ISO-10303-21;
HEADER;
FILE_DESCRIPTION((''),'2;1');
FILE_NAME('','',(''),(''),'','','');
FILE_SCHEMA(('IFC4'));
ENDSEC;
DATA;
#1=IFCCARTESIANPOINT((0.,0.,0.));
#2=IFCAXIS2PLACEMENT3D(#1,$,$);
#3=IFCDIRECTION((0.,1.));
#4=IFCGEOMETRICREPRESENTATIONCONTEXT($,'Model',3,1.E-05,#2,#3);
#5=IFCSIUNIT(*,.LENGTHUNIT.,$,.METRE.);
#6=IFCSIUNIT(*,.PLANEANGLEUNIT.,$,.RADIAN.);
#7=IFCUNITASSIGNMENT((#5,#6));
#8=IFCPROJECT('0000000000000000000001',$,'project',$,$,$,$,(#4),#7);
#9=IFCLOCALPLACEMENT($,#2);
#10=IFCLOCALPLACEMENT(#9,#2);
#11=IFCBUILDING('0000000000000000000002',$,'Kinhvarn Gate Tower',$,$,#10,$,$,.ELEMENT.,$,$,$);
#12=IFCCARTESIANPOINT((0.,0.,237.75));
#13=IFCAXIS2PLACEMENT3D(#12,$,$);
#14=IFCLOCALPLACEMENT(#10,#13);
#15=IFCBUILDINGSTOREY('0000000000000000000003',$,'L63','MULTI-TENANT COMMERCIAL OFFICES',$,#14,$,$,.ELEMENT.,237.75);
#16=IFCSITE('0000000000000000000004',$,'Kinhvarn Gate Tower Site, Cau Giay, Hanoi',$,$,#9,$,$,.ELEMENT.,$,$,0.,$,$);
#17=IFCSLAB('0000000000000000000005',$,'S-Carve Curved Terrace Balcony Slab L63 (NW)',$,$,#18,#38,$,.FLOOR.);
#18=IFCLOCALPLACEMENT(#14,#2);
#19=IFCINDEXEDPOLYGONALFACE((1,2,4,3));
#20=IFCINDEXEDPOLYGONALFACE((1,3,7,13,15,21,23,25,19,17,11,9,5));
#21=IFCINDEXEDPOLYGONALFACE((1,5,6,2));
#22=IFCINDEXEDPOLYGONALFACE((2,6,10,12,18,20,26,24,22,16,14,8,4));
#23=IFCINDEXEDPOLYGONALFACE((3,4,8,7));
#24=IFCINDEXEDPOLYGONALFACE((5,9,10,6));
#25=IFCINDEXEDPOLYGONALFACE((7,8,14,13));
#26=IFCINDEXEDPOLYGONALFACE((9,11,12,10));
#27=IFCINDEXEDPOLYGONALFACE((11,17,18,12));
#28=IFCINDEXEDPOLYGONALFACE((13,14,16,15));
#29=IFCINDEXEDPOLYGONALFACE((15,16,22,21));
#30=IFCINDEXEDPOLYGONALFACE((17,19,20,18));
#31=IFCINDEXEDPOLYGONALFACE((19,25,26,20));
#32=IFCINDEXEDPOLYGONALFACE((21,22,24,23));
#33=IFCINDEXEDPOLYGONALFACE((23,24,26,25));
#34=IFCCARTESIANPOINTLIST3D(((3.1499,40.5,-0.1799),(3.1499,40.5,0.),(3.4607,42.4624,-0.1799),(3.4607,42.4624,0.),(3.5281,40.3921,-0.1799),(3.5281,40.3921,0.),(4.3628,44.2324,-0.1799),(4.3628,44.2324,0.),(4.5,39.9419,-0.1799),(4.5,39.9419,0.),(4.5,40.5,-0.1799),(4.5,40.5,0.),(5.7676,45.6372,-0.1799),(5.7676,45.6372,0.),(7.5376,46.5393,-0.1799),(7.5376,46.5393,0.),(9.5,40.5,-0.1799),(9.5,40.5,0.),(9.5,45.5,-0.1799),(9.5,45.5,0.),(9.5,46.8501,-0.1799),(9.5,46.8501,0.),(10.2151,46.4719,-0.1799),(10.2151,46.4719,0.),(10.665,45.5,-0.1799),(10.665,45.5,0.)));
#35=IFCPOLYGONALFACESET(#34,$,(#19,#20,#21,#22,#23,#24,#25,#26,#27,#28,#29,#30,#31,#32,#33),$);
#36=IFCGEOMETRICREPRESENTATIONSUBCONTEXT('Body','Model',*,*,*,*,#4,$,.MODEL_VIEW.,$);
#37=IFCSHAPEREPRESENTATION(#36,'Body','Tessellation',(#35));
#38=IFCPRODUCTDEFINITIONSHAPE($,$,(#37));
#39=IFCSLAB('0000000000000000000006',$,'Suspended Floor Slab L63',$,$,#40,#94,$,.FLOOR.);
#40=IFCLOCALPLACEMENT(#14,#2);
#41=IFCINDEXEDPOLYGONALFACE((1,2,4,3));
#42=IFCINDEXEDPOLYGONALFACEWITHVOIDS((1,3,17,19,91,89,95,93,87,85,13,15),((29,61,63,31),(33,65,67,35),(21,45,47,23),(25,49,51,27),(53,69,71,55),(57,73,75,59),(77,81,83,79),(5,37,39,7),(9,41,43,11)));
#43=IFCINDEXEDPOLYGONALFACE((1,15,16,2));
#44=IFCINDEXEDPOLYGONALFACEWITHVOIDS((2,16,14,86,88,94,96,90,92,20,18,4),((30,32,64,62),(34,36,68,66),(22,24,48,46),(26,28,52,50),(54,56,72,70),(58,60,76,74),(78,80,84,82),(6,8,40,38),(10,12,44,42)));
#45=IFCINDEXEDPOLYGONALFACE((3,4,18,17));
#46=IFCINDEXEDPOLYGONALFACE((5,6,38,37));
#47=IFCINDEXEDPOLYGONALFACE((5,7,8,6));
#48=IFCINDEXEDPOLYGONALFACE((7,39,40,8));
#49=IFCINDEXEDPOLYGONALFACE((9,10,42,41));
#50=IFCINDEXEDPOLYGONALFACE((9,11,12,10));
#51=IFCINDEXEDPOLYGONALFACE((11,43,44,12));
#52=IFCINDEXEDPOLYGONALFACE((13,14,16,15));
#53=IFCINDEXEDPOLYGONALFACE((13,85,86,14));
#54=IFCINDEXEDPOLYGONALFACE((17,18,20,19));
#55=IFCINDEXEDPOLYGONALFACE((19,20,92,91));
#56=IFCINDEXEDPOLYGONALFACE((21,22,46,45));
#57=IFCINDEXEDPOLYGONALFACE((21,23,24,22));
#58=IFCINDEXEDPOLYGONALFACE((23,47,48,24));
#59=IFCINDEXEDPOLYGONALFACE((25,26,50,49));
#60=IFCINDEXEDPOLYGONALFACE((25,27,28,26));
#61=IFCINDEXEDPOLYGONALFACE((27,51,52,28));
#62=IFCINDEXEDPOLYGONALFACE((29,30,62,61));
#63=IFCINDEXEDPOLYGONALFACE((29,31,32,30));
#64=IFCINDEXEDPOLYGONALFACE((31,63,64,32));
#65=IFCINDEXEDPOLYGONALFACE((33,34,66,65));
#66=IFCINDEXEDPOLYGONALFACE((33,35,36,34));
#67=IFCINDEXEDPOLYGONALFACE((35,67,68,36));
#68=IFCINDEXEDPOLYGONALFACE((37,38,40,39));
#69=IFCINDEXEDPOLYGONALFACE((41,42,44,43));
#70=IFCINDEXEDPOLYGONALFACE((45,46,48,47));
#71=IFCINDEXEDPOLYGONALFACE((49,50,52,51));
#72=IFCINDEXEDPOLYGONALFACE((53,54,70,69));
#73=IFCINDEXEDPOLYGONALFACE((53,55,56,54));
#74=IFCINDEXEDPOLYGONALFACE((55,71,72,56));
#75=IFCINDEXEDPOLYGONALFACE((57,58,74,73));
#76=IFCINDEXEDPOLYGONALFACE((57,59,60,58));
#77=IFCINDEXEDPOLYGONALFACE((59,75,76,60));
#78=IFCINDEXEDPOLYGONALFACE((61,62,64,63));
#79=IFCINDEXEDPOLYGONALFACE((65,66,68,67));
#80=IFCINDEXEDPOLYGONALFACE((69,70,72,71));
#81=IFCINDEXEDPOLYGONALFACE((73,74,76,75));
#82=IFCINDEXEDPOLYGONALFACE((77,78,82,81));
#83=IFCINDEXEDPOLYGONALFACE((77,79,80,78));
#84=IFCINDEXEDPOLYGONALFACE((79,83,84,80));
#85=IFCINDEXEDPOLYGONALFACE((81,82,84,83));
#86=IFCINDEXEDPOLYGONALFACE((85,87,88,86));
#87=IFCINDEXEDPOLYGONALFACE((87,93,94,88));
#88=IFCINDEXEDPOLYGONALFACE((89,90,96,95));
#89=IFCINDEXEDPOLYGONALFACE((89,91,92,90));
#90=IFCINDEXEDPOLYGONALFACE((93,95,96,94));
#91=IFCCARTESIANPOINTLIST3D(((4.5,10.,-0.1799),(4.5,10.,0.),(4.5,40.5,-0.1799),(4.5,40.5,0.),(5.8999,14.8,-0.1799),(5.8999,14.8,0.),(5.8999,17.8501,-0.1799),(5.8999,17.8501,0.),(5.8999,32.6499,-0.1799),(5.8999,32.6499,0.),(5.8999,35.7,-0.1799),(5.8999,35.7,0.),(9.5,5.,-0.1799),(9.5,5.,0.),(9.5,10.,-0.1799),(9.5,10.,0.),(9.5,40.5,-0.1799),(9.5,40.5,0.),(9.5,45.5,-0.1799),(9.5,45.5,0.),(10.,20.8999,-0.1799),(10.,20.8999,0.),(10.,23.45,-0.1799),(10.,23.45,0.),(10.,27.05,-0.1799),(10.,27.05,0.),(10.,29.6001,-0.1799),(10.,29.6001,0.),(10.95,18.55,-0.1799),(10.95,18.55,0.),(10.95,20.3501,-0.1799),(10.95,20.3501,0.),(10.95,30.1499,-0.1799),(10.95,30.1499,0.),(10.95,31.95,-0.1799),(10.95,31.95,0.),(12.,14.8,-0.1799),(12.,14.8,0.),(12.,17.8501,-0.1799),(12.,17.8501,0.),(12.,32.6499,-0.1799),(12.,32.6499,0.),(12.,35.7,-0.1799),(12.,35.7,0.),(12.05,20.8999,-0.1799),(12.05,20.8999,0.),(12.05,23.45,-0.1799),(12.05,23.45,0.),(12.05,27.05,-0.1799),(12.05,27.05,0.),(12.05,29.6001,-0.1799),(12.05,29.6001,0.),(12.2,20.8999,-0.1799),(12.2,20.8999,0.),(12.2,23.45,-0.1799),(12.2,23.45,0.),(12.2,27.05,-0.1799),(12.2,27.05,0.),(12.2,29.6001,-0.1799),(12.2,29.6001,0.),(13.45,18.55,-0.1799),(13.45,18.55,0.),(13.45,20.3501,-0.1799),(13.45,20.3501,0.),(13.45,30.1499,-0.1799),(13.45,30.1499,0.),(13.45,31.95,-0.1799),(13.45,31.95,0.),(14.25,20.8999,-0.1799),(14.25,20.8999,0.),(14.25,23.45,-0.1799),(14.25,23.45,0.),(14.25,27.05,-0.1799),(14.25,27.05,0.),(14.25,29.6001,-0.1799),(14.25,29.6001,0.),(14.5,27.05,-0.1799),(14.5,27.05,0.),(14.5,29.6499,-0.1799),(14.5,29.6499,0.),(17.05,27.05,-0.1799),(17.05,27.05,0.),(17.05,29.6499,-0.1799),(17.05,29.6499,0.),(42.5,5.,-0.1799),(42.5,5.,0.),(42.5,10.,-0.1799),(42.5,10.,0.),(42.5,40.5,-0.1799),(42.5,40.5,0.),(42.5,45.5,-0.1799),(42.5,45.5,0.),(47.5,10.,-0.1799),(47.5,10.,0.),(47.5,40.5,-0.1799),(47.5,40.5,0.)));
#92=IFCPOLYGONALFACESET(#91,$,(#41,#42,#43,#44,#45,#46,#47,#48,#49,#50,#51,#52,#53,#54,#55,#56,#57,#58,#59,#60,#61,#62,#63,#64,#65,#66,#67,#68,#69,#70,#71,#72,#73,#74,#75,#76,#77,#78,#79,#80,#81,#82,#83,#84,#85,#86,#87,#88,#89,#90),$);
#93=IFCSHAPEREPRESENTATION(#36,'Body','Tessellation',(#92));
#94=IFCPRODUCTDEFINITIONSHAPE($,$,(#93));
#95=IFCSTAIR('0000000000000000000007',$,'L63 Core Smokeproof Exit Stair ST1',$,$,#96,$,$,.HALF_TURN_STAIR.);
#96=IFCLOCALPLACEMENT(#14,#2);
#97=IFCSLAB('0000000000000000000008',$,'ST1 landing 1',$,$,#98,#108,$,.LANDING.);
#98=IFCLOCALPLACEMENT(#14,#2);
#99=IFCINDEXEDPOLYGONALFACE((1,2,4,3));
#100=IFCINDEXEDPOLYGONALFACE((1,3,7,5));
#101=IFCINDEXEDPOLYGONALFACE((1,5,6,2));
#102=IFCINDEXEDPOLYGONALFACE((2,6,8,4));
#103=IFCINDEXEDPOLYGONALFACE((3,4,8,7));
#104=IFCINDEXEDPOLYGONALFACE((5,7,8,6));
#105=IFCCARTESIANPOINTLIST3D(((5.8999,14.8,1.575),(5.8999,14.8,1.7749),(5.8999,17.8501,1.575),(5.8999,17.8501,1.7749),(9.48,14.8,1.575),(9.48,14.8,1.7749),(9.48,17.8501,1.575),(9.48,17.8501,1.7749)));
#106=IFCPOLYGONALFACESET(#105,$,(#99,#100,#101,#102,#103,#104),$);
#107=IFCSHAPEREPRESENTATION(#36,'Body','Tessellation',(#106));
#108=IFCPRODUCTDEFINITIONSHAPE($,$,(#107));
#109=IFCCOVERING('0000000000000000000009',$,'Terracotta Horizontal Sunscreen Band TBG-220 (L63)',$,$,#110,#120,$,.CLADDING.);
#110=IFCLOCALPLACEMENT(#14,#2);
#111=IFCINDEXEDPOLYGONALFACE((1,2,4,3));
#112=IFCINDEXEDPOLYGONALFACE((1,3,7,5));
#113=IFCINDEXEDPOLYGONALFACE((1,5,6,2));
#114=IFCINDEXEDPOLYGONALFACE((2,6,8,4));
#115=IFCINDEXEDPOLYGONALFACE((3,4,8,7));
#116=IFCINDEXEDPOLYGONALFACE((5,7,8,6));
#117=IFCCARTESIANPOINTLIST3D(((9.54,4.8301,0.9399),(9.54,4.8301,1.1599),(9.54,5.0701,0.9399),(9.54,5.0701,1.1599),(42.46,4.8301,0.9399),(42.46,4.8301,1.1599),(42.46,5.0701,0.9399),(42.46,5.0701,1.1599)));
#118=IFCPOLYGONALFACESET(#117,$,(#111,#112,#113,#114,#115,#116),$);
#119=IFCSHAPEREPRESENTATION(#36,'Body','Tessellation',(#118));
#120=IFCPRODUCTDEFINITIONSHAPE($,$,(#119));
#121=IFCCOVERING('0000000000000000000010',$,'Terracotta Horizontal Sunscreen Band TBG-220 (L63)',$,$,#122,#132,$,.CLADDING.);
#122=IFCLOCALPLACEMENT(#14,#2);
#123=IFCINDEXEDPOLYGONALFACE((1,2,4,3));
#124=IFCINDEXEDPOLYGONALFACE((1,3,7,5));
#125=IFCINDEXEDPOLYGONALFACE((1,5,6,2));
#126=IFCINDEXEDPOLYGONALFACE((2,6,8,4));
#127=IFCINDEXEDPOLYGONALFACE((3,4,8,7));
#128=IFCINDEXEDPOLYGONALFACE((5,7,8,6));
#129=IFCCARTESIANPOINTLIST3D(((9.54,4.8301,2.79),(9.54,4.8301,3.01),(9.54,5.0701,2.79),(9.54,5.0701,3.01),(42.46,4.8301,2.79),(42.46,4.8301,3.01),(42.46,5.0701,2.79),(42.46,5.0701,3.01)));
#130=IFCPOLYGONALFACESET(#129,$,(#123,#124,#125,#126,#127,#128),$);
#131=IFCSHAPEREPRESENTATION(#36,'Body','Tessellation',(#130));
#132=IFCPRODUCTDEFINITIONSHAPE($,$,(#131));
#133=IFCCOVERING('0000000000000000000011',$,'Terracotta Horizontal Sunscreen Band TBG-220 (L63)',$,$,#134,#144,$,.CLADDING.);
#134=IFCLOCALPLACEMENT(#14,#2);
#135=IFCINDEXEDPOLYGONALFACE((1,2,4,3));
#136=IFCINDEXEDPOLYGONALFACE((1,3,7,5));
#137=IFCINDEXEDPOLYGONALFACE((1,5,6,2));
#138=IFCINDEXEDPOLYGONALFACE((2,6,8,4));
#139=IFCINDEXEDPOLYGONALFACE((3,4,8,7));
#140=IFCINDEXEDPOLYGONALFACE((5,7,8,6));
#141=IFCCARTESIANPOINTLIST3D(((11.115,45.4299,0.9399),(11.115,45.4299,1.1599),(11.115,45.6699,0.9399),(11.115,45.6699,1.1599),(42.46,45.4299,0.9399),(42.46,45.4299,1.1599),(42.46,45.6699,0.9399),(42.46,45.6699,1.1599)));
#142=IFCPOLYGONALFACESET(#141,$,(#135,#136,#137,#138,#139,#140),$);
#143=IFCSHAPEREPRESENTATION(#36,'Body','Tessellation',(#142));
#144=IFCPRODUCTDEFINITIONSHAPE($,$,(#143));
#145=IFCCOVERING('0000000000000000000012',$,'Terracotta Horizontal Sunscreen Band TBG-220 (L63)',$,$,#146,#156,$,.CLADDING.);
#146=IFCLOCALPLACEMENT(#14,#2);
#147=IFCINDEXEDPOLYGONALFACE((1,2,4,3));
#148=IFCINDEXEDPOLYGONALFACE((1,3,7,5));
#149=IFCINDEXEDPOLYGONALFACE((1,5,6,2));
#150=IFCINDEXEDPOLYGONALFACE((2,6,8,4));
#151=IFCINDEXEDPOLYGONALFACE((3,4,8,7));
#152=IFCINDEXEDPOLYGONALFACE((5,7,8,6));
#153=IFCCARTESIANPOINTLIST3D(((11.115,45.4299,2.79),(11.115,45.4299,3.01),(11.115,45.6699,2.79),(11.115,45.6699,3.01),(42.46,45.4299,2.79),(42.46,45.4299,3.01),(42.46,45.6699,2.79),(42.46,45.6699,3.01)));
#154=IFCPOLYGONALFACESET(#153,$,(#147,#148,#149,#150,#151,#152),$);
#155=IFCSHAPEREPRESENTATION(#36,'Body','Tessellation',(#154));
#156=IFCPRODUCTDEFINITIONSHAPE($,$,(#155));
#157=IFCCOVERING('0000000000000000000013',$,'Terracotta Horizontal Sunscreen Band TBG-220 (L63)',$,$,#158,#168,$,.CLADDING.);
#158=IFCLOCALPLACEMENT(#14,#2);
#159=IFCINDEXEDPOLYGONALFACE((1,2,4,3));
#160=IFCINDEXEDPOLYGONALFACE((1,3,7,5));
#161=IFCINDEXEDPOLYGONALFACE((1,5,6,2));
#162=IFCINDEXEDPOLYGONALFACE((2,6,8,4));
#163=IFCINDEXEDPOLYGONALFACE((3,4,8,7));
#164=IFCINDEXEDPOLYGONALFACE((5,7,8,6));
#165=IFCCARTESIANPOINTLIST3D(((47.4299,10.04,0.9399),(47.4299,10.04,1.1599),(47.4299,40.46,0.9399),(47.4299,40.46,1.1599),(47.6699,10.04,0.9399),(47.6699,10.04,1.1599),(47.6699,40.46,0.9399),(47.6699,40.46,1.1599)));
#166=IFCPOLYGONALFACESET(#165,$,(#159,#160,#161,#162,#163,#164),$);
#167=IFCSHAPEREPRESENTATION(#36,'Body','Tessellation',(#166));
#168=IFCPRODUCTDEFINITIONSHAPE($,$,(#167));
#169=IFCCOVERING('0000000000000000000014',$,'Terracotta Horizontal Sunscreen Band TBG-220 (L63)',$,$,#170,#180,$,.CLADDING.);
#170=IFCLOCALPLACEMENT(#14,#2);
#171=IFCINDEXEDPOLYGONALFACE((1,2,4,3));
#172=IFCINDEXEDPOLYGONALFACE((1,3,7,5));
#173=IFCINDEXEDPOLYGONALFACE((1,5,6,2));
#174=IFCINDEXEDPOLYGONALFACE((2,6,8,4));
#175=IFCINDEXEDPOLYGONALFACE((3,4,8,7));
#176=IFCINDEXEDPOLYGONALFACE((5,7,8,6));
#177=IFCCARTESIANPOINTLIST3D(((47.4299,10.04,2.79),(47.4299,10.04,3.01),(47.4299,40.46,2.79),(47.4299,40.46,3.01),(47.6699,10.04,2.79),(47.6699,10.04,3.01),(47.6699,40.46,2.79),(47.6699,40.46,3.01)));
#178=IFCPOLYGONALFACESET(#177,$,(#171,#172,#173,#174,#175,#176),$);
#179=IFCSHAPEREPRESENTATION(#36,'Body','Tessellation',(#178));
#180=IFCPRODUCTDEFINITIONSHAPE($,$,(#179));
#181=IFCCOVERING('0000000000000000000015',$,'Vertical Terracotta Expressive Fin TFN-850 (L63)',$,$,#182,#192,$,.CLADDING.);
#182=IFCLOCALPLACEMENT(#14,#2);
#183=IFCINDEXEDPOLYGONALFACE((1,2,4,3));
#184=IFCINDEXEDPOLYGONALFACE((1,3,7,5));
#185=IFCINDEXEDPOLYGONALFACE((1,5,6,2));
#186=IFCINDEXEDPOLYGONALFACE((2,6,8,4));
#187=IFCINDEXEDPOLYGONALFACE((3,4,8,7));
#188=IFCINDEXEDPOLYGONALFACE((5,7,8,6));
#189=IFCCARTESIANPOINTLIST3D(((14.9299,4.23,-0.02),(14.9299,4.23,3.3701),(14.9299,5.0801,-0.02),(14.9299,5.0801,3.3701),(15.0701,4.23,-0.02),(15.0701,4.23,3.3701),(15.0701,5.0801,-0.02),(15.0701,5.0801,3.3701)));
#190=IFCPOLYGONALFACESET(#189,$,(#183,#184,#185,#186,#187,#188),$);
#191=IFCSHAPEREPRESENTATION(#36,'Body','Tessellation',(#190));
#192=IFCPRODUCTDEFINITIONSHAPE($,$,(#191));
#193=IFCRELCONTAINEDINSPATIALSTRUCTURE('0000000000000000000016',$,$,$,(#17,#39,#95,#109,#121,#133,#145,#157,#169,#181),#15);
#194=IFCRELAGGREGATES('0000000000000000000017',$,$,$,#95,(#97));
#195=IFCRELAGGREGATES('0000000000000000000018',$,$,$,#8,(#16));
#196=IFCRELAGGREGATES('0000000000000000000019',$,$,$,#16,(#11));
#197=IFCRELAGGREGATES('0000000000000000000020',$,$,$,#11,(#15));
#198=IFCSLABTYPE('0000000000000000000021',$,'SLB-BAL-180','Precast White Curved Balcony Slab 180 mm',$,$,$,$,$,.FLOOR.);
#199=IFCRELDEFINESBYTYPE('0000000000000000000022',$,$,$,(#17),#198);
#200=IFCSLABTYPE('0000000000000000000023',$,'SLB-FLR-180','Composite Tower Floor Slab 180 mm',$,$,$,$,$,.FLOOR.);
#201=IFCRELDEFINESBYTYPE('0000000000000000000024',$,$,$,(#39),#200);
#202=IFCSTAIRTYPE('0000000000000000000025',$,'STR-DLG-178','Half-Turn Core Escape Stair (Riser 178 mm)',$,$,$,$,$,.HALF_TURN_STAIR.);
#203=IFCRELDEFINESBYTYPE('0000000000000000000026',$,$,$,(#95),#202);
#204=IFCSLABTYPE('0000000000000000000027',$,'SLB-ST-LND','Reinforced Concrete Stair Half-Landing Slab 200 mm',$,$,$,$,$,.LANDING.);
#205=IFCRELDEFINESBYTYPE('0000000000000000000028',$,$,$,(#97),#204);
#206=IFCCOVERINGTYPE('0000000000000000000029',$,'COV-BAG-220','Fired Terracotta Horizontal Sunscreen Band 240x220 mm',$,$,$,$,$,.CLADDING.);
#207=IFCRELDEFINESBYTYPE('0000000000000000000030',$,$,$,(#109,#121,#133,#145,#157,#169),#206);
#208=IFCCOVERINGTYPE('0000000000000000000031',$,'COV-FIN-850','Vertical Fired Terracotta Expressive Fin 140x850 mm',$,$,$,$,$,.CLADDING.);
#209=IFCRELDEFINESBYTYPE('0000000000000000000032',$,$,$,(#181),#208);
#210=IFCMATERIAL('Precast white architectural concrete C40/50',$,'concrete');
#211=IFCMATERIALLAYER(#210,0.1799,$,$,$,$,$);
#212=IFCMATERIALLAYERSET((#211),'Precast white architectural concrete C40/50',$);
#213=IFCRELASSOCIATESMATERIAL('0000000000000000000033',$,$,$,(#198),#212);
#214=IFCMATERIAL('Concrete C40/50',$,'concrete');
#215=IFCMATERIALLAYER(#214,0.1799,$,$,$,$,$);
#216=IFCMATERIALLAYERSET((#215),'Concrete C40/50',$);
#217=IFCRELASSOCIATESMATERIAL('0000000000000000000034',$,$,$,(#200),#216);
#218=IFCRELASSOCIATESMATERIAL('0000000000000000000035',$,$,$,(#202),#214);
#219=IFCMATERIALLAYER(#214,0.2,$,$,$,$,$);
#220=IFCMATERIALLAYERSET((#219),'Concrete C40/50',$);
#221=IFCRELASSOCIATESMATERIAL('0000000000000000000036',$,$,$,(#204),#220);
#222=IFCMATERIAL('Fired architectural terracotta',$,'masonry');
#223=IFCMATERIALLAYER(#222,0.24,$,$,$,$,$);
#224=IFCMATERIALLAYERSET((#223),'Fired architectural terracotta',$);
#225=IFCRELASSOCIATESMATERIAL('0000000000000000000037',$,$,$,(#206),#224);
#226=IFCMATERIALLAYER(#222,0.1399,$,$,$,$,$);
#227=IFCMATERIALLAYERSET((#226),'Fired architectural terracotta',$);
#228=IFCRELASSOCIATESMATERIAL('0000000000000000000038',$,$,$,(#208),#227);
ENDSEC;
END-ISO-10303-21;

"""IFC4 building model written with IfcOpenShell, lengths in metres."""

from ifc_helpers import new_model, si_unit, direction, frame, origin, place, context, subcontext, project, spatial, polyline, outline, extrude, material, layer, layer_set, type_object, element, aggregate, save


model = new_model("IFC4")

# Units and contexts
model_context = context("Model", 3, precision=1e-05, world=origin(), true_north=direction((0.0, 1.0)))
body_context = subcontext(model_context, "Body", "Model", "MODEL_VIEW")
ifc_project = project(units=[si_unit("LENGTHUNIT", "METRE"), si_unit("PLANEANGLEUNIT", "RADIAN")], contexts=[model_context])

# Site, building, storey
site_placement = place(None, origin())
site = spatial("IfcSite", under=ifc_project, at=site_placement, Name="Kinhvarn Gate Tower Site, Cau Giay, Hanoi", CompositionType="ELEMENT", RefElevation=0.0)
building_placement = place(site_placement, origin())
building = spatial("IfcBuilding", under=site, at=building_placement, Name="Kinhvarn Gate Tower", CompositionType="ELEMENT")
storey_placement = place(building_placement, frame((0.0, 0.0, 237.75)))
storey = spatial("IfcBuildingStorey", under=building, at=storey_placement, Name="L63", Description="MULTI-TENANT COMMERCIAL OFFICES", CompositionType="ELEMENT", Elevation=237.75)

# Slabs
ifc_material_1 = material(Name="Precast white architectural concrete C40/50", Category="concrete")
ifc_layer_1 = layer(ifc_material_1, 0.1799)
ifc_layer_set_1 = layer_set([ifc_layer_1], Name="Precast white architectural concrete C40/50")
slab_type_1 = type_object("IfcSlabType", Name="SLB-BAL-180", Description="Precast White Curved Balcony Slab 180 mm", PredefinedType="FLOOR", material=ifc_layer_set_1)
slab_1_placement = place(storey_placement, frame((0.0, 0.0, -0.1799)))
element("IfcSlab", 1, at=slab_1_placement, inside=storey, type_object=slab_type_1, Name="S-Carve Curved Terrace Balcony Slab L63 (NW)", PredefinedType="FLOOR", context=body_context, shape_type="SweptSolid", body=[
    extrude(outline(polyline([(10.665, 45.5), (10.2151, 46.4719), (9.5, 46.8501), (7.5376, 46.5393), (5.7676, 45.6372), (4.3628, 44.2324), (3.4607, 42.4624), (3.1499, 40.5), (3.5281, 40.3921), (4.5, 39.9419), (4.5, 40.5), (9.5, 40.5), (9.5, 45.5), (10.665, 45.5)])), origin(), (0.0, 0.0, 1.0), 0.1799),
])
ifc_material_2 = material(Name="Concrete C40/50", Category="concrete")
ifc_layer_2 = layer(ifc_material_2, 0.1799)
ifc_layer_set_2 = layer_set([ifc_layer_2], Name="Concrete C40/50")
slab_type_2 = type_object("IfcSlabType", Name="SLB-FLR-180", Description="Composite Tower Floor Slab 180 mm", PredefinedType="FLOOR", material=ifc_layer_set_2)
slab_2_placement = place(storey_placement, frame((0.0, 0.0, -0.1799)))
element("IfcSlab", 2, at=slab_2_placement, inside=storey, type_object=slab_type_2, Name="Suspended Floor Slab L63", PredefinedType="FLOOR", context=body_context, shape_type="SweptSolid", body=[
    extrude(outline(polyline([(9.5, 5.0), (42.5, 5.0), (42.5, 10.0), (47.5, 10.0), (47.5, 40.5), (42.5, 40.5), (42.5, 45.5), (9.5, 45.5), (9.5, 40.5), (4.5, 40.5), (4.5, 10.0), (9.5, 10.0), (9.5, 5.0)]), holes=[polyline([(5.8999, 14.8), (12.0, 14.8), (12.0, 17.8501), (5.8999, 17.8501), (5.8999, 14.8)]), polyline([(5.8999, 32.6499), (12.0, 32.6499), (12.0, 35.7), (5.8999, 35.7), (5.8999, 32.6499)]), polyline([(10.0, 20.8999), (12.05, 20.8999), (12.05, 23.45), (10.0, 23.45), (10.0, 20.8999)]), polyline([(12.2, 20.8999), (14.25, 20.8999), (14.25, 23.45), (12.2, 23.45), (12.2, 20.8999)]), polyline([(10.0, 27.05), (12.05, 27.05), (12.05, 29.6001), (10.0, 29.6001), (10.0, 27.05)]), polyline([(12.2, 27.05), (14.25, 27.05), (14.25, 29.6001), (12.2, 29.6001), (12.2, 27.05)]), polyline([(14.5, 27.05), (17.05, 27.05), (17.05, 29.6499), (14.5, 29.6499), (14.5, 27.05)]), polyline([(10.95, 18.55), (13.45, 18.55), (13.45, 20.3501), (10.95, 20.3501), (10.95, 18.55)]), polyline([(10.95, 30.1499), (13.45, 30.1499), (13.45, 31.95), (10.95, 31.95), (10.95, 30.1499)])]), origin(), (0.0, 0.0, 1.0), 0.1799),
])

# Stair, slab
stair_type = type_object("IfcStairType", Name="STR-DLG-178", Description="Half-Turn Core Escape Stair (Riser 178 mm)", PredefinedType="HALF_TURN_STAIR", material=ifc_material_2)
stair_placement = place(storey_placement, origin())
stair = element("IfcStair", 3, at=stair_placement, inside=storey, type_object=stair_type, Name="L63 Core Smokeproof Exit Stair ST1", PredefinedType="HALF_TURN_STAIR")
ifc_layer_3 = layer(ifc_material_2, 0.2)
ifc_layer_set_3 = layer_set([ifc_layer_3], Name="Concrete C40/50")
slab_type_3 = type_object("IfcSlabType", Name="SLB-ST-LND", Description="Reinforced Concrete Stair Half-Landing Slab 200 mm", PredefinedType="LANDING", material=ifc_layer_set_3)
slab_3_placement = place(storey_placement, frame((0.0, 0.0, 1.575)))
slab_3 = element("IfcSlab", 4, at=slab_3_placement, type_object=slab_type_3, Name="ST1 landing 1", PredefinedType="LANDING", context=body_context, shape_type="SweptSolid", body=[
    extrude(outline(polyline([(9.48, 17.8501), (5.8999, 17.8501), (5.8999, 14.8), (9.48, 14.8), (9.48, 17.8501)])), origin(), (0.0, 0.0, 1.0), 0.2),
])
aggregate(stair, [slab_3])

# Coverings
ifc_material_3 = material(Name="Fired architectural terracotta", Category="masonry")
ifc_layer_4 = layer(ifc_material_3, 0.24)
ifc_layer_set_4 = layer_set([ifc_layer_4], Name="Fired architectural terracotta")
covering_type_1 = type_object("IfcCoveringType", Name="COV-BAG-220", Description="Fired Terracotta Horizontal Sunscreen Band 240x220 mm", PredefinedType="CLADDING", material=ifc_layer_set_4)
for number, where, name in (
    (5, (0.0, 0.0, 0.9399), "Terracotta Horizontal Sunscreen Band TBG-220 (L63)"),
    (6, (0.0, 0.0, 2.79), "Terracotta Horizontal Sunscreen Band TBG-220 (L63)"),
):
    element("IfcCovering", number, at=place(storey_placement, frame(where)), inside=storey, type_object=covering_type_1, Name=name, PredefinedType="CLADDING", context=body_context, shape_type="SweptSolid", body=[
        extrude(outline(polyline([(9.54, 5.0701), (42.46, 5.0701), (42.46, 4.8301), (9.54, 4.8301), (9.54, 5.0701)])), origin(), (0.0, 0.0, 1.0), 0.22),
    ])
for number, where, name in (
    (7, (0.0, 0.0, 0.9399), "Terracotta Horizontal Sunscreen Band TBG-220 (L63)"),
    (8, (0.0, 0.0, 2.79), "Terracotta Horizontal Sunscreen Band TBG-220 (L63)"),
):
    element("IfcCovering", number, at=place(storey_placement, frame(where)), inside=storey, type_object=covering_type_1, Name=name, PredefinedType="CLADDING", context=body_context, shape_type="SweptSolid", body=[
        extrude(outline(polyline([(42.46, 45.4299), (11.115, 45.4299), (11.115, 45.6699), (42.46, 45.6699), (42.46, 45.4299)])), origin(), (0.0, 0.0, 1.0), 0.22),
    ])
for number, where, name in (
    (9, (0.0, 0.0, 0.9399), "Terracotta Horizontal Sunscreen Band TBG-220 (L63)"),
    (10, (0.0, 0.0, 2.79), "Terracotta Horizontal Sunscreen Band TBG-220 (L63)"),
):
    element("IfcCovering", number, at=place(storey_placement, frame(where)), inside=storey, type_object=covering_type_1, Name=name, PredefinedType="CLADDING", context=body_context, shape_type="SweptSolid", body=[
        extrude(outline(polyline([(47.4299, 10.04), (47.4299, 40.46), (47.6699, 40.46), (47.6699, 10.04), (47.4299, 10.04)])), origin(), (0.0, 0.0, 1.0), 0.22),
    ])
ifc_layer_5 = layer(ifc_material_3, 0.1399)
ifc_layer_set_5 = layer_set([ifc_layer_5], Name="Fired architectural terracotta")
covering_type_2 = type_object("IfcCoveringType", Name="COV-FIN-850", Description="Vertical Fired Terracotta Expressive Fin 140x850 mm", PredefinedType="CLADDING", material=ifc_layer_set_5)
covering_1_placement = place(storey_placement, frame((0.0, 0.0, -0.02)))
element("IfcCovering", 11, at=covering_1_placement, inside=storey, type_object=covering_type_2, Name="Vertical Terracotta Expressive Fin TFN-850 (L63)", PredefinedType="CLADDING", context=body_context, shape_type="SweptSolid", body=[
    extrude(outline(polyline([(14.9299, 5.0801), (15.0701, 5.0801), (15.0701, 4.23), (14.9299, 4.23), (14.9299, 5.0801)])), origin(), (0.0, 0.0, 1.0), 3.3901),
])

save(model, "model.ifc")
